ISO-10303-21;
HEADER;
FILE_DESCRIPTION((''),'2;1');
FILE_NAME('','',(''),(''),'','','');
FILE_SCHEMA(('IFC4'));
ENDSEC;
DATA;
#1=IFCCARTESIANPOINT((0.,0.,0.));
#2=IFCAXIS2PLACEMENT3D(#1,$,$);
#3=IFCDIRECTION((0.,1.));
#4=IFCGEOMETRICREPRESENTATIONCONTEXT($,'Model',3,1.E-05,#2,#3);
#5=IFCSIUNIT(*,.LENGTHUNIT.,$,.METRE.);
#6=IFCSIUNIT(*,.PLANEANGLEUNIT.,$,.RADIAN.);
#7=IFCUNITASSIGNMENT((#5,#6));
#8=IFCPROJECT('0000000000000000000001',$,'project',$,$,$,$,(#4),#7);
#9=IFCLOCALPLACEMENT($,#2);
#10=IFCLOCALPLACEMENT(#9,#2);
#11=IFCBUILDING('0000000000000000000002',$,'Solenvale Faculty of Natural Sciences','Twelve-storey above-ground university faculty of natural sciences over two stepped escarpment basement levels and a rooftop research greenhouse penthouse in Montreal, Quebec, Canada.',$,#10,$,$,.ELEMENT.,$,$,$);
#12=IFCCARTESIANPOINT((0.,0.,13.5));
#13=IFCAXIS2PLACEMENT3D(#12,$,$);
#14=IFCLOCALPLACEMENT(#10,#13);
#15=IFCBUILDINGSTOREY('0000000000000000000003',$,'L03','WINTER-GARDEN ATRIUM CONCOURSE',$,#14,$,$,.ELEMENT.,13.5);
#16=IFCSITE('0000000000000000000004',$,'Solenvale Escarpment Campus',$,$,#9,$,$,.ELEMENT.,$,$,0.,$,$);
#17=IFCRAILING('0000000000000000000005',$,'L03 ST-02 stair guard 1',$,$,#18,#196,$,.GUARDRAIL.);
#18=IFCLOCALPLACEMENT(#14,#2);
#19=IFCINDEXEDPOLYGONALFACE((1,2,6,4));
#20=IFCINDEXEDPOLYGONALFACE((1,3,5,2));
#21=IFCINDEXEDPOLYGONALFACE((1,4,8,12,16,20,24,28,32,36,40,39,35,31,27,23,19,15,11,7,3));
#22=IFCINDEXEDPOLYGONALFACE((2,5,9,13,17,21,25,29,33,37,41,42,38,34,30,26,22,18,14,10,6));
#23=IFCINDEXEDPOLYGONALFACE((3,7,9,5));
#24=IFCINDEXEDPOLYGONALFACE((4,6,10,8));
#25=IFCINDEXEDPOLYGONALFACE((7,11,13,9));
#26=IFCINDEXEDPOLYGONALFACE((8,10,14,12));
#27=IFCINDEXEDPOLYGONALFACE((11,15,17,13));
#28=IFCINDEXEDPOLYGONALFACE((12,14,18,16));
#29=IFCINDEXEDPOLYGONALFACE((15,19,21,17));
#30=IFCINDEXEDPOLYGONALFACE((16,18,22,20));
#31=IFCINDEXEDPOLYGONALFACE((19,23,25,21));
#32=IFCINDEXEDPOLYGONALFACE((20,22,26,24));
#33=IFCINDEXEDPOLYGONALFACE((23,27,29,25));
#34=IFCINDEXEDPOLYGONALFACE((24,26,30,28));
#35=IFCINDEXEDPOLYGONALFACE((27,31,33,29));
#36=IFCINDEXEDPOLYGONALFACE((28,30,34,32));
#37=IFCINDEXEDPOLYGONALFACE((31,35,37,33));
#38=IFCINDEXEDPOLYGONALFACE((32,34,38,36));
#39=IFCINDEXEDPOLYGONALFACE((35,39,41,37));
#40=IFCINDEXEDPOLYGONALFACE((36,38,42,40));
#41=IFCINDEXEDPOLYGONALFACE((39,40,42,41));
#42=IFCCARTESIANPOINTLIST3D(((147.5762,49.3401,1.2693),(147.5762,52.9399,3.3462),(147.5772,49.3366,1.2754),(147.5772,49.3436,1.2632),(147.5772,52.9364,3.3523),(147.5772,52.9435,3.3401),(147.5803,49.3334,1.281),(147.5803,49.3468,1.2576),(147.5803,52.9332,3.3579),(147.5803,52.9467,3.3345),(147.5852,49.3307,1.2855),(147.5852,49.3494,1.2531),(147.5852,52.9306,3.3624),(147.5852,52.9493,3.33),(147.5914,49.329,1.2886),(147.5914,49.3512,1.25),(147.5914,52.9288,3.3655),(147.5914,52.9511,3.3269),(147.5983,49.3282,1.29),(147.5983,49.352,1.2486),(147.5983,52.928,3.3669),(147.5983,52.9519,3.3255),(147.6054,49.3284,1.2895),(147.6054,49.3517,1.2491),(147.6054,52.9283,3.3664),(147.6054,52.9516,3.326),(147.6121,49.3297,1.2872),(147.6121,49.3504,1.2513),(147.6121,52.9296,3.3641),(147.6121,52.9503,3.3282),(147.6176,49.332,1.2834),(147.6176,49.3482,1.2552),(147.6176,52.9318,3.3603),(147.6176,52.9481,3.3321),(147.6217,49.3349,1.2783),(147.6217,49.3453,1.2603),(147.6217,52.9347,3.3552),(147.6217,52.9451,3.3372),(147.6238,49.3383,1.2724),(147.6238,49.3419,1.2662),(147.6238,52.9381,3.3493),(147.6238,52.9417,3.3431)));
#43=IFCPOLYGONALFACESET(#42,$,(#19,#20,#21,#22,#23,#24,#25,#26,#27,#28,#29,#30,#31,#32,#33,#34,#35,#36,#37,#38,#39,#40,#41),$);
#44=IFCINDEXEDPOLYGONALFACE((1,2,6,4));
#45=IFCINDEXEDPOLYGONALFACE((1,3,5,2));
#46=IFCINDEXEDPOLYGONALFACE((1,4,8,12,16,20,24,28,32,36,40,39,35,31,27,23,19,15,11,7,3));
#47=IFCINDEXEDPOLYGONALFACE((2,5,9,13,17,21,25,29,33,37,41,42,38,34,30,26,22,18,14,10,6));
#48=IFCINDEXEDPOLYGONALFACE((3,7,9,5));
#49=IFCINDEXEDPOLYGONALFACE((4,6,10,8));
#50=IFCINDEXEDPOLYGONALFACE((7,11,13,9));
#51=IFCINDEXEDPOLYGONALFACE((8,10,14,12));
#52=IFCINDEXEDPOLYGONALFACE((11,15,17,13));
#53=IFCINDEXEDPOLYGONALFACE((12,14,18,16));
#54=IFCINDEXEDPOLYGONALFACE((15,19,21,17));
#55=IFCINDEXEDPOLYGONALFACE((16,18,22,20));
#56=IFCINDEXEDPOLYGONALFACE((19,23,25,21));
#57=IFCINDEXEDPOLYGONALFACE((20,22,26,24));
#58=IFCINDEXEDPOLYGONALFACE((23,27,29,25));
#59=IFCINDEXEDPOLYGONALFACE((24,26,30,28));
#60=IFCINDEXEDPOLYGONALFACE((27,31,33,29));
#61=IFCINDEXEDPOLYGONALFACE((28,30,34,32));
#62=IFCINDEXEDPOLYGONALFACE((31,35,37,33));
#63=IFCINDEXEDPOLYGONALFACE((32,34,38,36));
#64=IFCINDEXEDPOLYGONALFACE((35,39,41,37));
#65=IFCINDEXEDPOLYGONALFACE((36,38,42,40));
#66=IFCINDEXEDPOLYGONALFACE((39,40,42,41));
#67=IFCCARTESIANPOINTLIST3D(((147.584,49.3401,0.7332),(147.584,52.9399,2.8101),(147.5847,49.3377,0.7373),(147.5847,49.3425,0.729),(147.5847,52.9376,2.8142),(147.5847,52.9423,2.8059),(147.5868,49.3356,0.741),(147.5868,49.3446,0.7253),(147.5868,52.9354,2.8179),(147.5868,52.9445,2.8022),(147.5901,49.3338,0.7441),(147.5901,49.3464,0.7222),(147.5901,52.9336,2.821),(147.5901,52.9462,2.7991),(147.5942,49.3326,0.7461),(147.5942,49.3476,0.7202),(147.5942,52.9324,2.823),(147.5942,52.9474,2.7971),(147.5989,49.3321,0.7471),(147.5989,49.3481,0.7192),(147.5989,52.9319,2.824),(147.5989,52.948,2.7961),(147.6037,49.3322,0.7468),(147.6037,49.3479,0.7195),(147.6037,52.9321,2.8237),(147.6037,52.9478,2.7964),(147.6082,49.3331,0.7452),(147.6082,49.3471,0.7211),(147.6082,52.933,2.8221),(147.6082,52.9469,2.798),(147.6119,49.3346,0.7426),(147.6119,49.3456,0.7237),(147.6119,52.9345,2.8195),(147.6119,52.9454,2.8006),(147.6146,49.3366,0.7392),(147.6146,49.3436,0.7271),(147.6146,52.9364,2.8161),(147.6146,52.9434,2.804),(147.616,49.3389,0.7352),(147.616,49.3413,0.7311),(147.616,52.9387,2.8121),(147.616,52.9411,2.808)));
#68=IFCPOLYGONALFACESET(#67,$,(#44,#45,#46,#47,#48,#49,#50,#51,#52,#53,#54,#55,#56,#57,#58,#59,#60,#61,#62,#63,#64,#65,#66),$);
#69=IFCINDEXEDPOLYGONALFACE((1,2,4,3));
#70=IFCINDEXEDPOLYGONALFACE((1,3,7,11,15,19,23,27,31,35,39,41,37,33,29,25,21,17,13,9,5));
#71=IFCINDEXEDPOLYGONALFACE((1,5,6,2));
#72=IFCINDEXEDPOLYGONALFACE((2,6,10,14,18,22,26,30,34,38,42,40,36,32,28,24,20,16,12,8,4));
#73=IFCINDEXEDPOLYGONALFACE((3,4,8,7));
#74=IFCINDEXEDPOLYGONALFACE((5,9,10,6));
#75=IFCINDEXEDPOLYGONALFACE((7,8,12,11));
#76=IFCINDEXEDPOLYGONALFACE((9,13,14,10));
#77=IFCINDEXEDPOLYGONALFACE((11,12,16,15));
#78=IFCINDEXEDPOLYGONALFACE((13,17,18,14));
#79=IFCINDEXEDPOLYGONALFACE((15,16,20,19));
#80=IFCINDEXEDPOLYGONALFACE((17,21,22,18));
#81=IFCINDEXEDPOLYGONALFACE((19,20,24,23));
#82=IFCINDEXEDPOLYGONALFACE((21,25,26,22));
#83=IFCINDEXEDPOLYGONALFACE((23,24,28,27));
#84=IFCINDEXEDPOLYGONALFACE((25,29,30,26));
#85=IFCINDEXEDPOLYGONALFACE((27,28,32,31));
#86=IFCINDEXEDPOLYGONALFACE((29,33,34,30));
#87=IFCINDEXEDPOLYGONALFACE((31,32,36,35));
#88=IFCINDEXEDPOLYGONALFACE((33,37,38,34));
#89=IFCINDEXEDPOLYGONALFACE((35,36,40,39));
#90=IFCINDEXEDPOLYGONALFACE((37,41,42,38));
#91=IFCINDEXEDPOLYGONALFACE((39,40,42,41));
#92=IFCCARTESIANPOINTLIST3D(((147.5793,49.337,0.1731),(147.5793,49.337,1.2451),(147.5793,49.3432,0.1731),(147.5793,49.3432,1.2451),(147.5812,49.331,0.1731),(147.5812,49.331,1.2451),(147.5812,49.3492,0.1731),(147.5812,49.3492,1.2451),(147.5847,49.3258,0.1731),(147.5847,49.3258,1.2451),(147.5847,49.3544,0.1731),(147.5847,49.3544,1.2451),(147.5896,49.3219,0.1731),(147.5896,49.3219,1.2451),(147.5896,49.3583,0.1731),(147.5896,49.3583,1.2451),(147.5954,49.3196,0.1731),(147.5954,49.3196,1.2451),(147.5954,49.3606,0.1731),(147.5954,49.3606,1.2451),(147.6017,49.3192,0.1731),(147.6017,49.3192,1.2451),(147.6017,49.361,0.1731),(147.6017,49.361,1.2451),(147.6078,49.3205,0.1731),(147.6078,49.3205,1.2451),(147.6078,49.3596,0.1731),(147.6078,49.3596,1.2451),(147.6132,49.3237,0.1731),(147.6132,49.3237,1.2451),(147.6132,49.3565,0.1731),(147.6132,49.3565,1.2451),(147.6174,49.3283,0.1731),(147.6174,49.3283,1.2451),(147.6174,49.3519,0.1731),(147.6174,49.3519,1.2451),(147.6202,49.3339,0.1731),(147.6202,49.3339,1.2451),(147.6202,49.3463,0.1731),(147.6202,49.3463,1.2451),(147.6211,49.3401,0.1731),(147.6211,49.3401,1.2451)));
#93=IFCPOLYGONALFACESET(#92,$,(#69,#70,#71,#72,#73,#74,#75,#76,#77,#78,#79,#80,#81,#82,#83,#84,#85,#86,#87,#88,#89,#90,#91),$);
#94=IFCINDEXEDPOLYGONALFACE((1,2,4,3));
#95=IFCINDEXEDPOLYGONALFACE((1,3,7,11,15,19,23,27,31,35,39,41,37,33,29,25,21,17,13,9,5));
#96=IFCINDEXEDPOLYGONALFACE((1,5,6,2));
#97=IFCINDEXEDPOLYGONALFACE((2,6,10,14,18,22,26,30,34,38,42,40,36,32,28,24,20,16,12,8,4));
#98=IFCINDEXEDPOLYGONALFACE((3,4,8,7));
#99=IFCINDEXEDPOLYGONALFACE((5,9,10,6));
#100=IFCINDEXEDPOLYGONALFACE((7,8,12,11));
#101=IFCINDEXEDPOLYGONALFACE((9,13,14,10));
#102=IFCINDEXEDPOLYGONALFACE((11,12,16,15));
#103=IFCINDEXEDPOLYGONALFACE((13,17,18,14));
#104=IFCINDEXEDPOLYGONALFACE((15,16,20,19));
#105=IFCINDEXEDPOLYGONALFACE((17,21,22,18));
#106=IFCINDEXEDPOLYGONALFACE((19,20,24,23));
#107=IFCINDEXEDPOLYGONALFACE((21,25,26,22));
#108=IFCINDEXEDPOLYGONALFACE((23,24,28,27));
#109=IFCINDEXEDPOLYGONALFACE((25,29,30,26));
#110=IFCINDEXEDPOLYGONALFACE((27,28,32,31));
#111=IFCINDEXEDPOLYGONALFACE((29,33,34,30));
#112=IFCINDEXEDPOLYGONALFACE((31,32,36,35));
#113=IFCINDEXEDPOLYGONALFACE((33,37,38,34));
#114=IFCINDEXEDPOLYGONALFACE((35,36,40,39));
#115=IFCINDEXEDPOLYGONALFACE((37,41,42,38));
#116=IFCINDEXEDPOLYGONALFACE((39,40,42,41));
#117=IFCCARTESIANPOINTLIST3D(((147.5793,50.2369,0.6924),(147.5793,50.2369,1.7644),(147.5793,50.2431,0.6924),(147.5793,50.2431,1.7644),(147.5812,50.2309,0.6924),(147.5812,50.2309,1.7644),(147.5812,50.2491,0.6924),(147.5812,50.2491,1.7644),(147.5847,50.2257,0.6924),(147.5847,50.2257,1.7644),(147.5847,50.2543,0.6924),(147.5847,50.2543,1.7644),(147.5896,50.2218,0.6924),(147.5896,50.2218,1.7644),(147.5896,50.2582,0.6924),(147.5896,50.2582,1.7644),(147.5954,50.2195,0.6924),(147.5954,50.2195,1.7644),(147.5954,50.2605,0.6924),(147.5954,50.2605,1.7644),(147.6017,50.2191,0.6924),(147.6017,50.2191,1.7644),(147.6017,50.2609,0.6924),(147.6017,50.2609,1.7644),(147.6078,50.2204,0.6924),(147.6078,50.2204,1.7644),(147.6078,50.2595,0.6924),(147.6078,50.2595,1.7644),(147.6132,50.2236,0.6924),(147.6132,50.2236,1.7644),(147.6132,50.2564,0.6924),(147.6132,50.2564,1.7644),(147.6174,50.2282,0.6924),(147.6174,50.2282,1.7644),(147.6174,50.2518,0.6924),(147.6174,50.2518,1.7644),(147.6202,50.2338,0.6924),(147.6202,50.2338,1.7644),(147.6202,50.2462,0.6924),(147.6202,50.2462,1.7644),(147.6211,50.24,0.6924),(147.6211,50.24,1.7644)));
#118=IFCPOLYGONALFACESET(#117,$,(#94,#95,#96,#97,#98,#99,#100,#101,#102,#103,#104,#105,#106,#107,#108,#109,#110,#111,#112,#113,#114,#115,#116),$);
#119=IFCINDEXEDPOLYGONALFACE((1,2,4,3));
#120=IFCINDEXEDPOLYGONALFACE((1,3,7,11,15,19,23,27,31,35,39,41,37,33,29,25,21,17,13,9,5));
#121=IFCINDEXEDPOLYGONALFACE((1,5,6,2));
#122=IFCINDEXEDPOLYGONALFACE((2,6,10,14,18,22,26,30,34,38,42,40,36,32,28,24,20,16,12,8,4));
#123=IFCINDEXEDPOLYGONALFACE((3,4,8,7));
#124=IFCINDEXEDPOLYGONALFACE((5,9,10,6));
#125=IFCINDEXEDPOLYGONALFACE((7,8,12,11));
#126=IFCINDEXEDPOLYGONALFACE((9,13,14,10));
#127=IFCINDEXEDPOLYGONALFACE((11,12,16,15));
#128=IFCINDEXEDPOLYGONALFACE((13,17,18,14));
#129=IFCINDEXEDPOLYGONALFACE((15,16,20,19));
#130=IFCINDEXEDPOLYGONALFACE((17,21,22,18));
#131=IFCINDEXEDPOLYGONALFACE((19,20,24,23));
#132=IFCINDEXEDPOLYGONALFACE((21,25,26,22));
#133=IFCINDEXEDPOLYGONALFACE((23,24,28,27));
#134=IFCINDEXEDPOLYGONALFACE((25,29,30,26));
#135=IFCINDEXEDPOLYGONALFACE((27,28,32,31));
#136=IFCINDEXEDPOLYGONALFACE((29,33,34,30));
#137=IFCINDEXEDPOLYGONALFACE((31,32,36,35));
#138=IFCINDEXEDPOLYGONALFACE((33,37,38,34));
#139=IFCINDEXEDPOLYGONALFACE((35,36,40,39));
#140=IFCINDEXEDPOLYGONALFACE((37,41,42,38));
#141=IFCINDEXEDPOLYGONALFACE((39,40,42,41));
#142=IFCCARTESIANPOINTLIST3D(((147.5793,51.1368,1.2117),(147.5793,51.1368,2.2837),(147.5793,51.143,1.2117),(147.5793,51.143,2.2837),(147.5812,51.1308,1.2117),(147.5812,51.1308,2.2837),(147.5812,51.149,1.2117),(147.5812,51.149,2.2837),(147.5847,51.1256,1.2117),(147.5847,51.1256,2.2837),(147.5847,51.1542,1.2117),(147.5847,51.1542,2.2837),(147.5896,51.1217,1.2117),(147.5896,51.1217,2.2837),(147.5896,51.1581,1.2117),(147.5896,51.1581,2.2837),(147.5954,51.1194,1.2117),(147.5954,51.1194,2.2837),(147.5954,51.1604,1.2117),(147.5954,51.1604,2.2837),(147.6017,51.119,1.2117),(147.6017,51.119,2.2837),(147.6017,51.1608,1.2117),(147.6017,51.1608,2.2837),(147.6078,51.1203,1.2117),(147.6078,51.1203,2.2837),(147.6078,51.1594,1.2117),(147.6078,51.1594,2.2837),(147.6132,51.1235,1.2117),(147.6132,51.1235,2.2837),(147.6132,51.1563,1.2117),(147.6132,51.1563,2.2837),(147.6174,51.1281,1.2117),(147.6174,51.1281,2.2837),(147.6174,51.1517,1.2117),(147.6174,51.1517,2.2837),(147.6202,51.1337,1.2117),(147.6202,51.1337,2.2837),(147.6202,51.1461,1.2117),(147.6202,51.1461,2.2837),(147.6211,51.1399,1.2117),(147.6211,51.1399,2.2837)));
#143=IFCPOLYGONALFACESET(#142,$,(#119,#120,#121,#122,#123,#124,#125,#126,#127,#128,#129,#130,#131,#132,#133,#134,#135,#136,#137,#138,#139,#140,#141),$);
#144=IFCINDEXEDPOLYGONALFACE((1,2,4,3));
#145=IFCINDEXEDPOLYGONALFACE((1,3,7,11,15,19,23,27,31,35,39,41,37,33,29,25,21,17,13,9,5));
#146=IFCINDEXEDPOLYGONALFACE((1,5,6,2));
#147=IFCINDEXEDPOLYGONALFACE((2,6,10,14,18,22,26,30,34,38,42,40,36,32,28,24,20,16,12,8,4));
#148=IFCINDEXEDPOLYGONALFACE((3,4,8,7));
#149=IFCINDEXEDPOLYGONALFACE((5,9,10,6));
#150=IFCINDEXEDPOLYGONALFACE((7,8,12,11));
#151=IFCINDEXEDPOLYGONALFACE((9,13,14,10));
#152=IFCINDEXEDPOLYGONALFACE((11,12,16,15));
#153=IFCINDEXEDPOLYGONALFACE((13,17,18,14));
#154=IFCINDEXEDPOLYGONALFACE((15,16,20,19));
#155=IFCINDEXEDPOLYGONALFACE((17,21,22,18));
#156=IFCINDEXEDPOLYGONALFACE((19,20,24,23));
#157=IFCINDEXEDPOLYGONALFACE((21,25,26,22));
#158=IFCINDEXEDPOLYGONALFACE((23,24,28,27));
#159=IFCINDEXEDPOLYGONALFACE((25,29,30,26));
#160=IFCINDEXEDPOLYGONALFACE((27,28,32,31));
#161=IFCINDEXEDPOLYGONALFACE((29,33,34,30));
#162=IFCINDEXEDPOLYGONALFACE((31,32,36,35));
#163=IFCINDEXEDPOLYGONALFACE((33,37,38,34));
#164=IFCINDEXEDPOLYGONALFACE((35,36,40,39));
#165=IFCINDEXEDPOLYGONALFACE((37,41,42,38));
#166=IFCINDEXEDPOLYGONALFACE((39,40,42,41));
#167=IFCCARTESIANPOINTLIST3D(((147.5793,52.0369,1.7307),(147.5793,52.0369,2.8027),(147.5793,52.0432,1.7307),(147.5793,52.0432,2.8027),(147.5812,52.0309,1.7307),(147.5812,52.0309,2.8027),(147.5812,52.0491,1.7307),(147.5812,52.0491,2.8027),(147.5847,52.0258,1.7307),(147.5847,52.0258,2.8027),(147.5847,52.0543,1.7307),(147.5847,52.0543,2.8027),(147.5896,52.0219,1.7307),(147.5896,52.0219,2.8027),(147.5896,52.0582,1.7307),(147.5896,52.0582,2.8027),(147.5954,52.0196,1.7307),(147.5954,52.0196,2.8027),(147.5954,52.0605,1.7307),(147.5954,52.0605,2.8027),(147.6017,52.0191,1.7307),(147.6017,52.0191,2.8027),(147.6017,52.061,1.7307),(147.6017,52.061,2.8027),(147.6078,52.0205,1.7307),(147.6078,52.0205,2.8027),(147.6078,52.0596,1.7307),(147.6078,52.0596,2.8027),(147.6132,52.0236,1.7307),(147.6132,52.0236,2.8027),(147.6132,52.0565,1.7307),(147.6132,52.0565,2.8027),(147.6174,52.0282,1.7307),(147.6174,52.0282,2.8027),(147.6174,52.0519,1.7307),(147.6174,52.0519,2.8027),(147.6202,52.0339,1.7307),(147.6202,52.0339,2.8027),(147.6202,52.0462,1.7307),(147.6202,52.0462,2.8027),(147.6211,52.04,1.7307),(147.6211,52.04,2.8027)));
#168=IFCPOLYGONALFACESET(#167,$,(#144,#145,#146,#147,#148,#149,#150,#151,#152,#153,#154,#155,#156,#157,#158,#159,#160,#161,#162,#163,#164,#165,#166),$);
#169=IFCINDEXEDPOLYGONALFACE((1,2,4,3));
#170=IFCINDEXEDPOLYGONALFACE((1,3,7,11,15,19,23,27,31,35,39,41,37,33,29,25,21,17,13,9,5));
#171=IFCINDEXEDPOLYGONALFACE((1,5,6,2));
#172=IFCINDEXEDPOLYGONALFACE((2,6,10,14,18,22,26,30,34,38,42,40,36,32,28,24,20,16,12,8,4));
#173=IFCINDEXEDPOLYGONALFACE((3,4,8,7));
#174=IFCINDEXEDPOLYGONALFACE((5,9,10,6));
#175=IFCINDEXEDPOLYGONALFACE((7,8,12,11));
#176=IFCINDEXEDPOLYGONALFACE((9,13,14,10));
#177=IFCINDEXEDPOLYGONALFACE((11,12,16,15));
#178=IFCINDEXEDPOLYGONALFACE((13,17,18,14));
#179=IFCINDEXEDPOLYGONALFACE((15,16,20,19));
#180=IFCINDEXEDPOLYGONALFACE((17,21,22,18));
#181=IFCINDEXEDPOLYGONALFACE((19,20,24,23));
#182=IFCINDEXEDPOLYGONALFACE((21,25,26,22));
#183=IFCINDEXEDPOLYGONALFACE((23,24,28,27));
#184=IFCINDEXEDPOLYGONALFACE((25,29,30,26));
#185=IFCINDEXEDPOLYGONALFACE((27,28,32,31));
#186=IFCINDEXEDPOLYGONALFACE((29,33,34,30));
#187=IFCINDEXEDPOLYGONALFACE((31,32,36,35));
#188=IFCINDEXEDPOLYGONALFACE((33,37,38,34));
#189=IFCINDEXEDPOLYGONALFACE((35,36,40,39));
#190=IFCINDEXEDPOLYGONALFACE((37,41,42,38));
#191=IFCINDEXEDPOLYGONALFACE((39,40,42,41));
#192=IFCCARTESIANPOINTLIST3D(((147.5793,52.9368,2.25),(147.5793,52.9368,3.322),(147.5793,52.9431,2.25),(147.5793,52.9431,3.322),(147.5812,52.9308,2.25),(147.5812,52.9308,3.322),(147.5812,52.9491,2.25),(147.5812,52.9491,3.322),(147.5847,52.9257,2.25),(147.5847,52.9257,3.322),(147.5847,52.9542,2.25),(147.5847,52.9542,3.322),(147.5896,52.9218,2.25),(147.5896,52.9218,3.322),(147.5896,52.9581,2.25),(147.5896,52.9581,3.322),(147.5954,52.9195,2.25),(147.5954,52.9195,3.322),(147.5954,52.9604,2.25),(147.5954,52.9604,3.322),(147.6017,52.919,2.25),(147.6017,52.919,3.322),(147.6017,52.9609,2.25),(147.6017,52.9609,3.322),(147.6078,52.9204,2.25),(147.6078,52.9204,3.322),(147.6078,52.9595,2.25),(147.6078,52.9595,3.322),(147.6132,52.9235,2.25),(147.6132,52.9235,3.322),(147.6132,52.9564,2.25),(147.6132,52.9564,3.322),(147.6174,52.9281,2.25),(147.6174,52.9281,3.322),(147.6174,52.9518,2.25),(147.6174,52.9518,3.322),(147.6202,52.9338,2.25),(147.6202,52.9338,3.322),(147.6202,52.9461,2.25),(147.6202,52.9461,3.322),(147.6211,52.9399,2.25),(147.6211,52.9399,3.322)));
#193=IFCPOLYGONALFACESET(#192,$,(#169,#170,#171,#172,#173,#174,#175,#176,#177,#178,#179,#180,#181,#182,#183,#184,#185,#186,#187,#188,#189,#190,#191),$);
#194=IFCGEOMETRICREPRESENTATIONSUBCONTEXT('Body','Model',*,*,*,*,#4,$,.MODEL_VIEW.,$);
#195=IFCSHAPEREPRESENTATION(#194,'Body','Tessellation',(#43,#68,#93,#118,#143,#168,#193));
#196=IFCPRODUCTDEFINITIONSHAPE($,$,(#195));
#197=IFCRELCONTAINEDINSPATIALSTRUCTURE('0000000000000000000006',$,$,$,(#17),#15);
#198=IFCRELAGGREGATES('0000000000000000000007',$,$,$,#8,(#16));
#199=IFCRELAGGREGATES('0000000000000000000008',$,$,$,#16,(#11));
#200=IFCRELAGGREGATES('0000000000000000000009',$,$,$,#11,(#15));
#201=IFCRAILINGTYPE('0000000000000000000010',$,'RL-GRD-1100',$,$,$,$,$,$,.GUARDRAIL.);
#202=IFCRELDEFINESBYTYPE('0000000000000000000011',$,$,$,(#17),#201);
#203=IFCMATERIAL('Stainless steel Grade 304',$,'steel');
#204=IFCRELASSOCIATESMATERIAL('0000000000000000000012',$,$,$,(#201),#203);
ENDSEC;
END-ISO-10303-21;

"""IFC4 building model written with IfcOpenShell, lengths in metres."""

from ifc_helpers import new_model, si_unit, direction, frame, origin, origin_2d, place, context, subcontext, project, spatial, circle, extrude, material, type_object, element, save


model = new_model("IFC4")

# Units and contexts
model_context = context("Model", 3, precision=1e-05, world=origin(), true_north=direction((0.0, 1.0)))
body_context = subcontext(model_context, "Body", "Model", "MODEL_VIEW")
ifc_project = project(units=[si_unit("LENGTHUNIT", "METRE"), si_unit("PLANEANGLEUNIT", "RADIAN")], contexts=[model_context])

# Site, building, storey
site_placement = place(None, origin())
site = spatial("IfcSite", under=ifc_project, at=site_placement, Name="Solenvale Escarpment Campus", CompositionType="ELEMENT", RefElevation=0.0)
building_placement = place(site_placement, origin())
building = spatial("IfcBuilding", under=site, at=building_placement, Name="Solenvale Faculty of Natural Sciences", Description="Twelve-storey above-ground university faculty of natural sciences over two stepped escarpment basement levels and a rooftop research greenhouse penthouse in Montreal, Quebec, Canada.", CompositionType="ELEMENT")
storey_placement = place(building_placement, frame((0.0, 0.0, 13.5)))
storey = spatial("IfcBuildingStorey", under=building, at=storey_placement, Name="L03", Description="WINTER-GARDEN ATRIUM CONCOURSE", CompositionType="ELEMENT", Elevation=13.5)

# Railing
ifc_material_1 = material(Name="Stainless steel Grade 304", Category="steel")
railing_type_1 = type_object("IfcRailingType", Name="RL-GRD-1100", PredefinedType="GUARDRAIL", material=ifc_material_1)
railing_1_placement = place(storey_placement, frame((147.6001, 49.3401, 0.1731)))
element("IfcRailing", 1, at=railing_1_placement, inside=storey, type_object=railing_type_1, Name="L03 ST-02 stair guard 1", PredefinedType="GUARDRAIL", context=body_context, shape_type="SweptSolid", body=[
    extrude(circle(Radius=0.0239, at=origin_2d()), frame((0.0, 0.0, 1.0962), z_axis=(0.0, 0.866179, 0.499734), x_axis=(-1.0, 0.0, 0.0)), (0.0, 0.0, 1.0), 4.156),
    extrude(circle(Radius=0.0161, at=origin_2d()), frame((0.0, 0.0, 0.5601), z_axis=(0.0, 0.866179, 0.499734), x_axis=(-1.0, 0.0, 0.0)), (0.0, 0.0, 1.0), 4.156),
    extrude(circle(Radius=0.021, at=origin_2d()), origin(), (0.0, 0.0, 1.0), 1.072),
    extrude(circle(Radius=0.021, at=origin_2d()), frame((0.0, 0.8999, 0.5193)), (0.0, 0.0, 1.0), 1.072),
    extrude(circle(Radius=0.021, at=origin_2d()), frame((0.0, 1.7998, 1.0386)), (0.0, 0.0, 1.0), 1.072),
    extrude(circle(Radius=0.021, at=origin_2d()), frame((0.0, 2.7, 1.5576)), (0.0, 0.0, 1.0), 1.072),
    extrude(circle(Radius=0.021, at=origin_2d()), frame((0.0, 3.5999, 2.0769)), (0.0, 0.0, 1.0), 1.072),
])

save(model, "model.ifc")
